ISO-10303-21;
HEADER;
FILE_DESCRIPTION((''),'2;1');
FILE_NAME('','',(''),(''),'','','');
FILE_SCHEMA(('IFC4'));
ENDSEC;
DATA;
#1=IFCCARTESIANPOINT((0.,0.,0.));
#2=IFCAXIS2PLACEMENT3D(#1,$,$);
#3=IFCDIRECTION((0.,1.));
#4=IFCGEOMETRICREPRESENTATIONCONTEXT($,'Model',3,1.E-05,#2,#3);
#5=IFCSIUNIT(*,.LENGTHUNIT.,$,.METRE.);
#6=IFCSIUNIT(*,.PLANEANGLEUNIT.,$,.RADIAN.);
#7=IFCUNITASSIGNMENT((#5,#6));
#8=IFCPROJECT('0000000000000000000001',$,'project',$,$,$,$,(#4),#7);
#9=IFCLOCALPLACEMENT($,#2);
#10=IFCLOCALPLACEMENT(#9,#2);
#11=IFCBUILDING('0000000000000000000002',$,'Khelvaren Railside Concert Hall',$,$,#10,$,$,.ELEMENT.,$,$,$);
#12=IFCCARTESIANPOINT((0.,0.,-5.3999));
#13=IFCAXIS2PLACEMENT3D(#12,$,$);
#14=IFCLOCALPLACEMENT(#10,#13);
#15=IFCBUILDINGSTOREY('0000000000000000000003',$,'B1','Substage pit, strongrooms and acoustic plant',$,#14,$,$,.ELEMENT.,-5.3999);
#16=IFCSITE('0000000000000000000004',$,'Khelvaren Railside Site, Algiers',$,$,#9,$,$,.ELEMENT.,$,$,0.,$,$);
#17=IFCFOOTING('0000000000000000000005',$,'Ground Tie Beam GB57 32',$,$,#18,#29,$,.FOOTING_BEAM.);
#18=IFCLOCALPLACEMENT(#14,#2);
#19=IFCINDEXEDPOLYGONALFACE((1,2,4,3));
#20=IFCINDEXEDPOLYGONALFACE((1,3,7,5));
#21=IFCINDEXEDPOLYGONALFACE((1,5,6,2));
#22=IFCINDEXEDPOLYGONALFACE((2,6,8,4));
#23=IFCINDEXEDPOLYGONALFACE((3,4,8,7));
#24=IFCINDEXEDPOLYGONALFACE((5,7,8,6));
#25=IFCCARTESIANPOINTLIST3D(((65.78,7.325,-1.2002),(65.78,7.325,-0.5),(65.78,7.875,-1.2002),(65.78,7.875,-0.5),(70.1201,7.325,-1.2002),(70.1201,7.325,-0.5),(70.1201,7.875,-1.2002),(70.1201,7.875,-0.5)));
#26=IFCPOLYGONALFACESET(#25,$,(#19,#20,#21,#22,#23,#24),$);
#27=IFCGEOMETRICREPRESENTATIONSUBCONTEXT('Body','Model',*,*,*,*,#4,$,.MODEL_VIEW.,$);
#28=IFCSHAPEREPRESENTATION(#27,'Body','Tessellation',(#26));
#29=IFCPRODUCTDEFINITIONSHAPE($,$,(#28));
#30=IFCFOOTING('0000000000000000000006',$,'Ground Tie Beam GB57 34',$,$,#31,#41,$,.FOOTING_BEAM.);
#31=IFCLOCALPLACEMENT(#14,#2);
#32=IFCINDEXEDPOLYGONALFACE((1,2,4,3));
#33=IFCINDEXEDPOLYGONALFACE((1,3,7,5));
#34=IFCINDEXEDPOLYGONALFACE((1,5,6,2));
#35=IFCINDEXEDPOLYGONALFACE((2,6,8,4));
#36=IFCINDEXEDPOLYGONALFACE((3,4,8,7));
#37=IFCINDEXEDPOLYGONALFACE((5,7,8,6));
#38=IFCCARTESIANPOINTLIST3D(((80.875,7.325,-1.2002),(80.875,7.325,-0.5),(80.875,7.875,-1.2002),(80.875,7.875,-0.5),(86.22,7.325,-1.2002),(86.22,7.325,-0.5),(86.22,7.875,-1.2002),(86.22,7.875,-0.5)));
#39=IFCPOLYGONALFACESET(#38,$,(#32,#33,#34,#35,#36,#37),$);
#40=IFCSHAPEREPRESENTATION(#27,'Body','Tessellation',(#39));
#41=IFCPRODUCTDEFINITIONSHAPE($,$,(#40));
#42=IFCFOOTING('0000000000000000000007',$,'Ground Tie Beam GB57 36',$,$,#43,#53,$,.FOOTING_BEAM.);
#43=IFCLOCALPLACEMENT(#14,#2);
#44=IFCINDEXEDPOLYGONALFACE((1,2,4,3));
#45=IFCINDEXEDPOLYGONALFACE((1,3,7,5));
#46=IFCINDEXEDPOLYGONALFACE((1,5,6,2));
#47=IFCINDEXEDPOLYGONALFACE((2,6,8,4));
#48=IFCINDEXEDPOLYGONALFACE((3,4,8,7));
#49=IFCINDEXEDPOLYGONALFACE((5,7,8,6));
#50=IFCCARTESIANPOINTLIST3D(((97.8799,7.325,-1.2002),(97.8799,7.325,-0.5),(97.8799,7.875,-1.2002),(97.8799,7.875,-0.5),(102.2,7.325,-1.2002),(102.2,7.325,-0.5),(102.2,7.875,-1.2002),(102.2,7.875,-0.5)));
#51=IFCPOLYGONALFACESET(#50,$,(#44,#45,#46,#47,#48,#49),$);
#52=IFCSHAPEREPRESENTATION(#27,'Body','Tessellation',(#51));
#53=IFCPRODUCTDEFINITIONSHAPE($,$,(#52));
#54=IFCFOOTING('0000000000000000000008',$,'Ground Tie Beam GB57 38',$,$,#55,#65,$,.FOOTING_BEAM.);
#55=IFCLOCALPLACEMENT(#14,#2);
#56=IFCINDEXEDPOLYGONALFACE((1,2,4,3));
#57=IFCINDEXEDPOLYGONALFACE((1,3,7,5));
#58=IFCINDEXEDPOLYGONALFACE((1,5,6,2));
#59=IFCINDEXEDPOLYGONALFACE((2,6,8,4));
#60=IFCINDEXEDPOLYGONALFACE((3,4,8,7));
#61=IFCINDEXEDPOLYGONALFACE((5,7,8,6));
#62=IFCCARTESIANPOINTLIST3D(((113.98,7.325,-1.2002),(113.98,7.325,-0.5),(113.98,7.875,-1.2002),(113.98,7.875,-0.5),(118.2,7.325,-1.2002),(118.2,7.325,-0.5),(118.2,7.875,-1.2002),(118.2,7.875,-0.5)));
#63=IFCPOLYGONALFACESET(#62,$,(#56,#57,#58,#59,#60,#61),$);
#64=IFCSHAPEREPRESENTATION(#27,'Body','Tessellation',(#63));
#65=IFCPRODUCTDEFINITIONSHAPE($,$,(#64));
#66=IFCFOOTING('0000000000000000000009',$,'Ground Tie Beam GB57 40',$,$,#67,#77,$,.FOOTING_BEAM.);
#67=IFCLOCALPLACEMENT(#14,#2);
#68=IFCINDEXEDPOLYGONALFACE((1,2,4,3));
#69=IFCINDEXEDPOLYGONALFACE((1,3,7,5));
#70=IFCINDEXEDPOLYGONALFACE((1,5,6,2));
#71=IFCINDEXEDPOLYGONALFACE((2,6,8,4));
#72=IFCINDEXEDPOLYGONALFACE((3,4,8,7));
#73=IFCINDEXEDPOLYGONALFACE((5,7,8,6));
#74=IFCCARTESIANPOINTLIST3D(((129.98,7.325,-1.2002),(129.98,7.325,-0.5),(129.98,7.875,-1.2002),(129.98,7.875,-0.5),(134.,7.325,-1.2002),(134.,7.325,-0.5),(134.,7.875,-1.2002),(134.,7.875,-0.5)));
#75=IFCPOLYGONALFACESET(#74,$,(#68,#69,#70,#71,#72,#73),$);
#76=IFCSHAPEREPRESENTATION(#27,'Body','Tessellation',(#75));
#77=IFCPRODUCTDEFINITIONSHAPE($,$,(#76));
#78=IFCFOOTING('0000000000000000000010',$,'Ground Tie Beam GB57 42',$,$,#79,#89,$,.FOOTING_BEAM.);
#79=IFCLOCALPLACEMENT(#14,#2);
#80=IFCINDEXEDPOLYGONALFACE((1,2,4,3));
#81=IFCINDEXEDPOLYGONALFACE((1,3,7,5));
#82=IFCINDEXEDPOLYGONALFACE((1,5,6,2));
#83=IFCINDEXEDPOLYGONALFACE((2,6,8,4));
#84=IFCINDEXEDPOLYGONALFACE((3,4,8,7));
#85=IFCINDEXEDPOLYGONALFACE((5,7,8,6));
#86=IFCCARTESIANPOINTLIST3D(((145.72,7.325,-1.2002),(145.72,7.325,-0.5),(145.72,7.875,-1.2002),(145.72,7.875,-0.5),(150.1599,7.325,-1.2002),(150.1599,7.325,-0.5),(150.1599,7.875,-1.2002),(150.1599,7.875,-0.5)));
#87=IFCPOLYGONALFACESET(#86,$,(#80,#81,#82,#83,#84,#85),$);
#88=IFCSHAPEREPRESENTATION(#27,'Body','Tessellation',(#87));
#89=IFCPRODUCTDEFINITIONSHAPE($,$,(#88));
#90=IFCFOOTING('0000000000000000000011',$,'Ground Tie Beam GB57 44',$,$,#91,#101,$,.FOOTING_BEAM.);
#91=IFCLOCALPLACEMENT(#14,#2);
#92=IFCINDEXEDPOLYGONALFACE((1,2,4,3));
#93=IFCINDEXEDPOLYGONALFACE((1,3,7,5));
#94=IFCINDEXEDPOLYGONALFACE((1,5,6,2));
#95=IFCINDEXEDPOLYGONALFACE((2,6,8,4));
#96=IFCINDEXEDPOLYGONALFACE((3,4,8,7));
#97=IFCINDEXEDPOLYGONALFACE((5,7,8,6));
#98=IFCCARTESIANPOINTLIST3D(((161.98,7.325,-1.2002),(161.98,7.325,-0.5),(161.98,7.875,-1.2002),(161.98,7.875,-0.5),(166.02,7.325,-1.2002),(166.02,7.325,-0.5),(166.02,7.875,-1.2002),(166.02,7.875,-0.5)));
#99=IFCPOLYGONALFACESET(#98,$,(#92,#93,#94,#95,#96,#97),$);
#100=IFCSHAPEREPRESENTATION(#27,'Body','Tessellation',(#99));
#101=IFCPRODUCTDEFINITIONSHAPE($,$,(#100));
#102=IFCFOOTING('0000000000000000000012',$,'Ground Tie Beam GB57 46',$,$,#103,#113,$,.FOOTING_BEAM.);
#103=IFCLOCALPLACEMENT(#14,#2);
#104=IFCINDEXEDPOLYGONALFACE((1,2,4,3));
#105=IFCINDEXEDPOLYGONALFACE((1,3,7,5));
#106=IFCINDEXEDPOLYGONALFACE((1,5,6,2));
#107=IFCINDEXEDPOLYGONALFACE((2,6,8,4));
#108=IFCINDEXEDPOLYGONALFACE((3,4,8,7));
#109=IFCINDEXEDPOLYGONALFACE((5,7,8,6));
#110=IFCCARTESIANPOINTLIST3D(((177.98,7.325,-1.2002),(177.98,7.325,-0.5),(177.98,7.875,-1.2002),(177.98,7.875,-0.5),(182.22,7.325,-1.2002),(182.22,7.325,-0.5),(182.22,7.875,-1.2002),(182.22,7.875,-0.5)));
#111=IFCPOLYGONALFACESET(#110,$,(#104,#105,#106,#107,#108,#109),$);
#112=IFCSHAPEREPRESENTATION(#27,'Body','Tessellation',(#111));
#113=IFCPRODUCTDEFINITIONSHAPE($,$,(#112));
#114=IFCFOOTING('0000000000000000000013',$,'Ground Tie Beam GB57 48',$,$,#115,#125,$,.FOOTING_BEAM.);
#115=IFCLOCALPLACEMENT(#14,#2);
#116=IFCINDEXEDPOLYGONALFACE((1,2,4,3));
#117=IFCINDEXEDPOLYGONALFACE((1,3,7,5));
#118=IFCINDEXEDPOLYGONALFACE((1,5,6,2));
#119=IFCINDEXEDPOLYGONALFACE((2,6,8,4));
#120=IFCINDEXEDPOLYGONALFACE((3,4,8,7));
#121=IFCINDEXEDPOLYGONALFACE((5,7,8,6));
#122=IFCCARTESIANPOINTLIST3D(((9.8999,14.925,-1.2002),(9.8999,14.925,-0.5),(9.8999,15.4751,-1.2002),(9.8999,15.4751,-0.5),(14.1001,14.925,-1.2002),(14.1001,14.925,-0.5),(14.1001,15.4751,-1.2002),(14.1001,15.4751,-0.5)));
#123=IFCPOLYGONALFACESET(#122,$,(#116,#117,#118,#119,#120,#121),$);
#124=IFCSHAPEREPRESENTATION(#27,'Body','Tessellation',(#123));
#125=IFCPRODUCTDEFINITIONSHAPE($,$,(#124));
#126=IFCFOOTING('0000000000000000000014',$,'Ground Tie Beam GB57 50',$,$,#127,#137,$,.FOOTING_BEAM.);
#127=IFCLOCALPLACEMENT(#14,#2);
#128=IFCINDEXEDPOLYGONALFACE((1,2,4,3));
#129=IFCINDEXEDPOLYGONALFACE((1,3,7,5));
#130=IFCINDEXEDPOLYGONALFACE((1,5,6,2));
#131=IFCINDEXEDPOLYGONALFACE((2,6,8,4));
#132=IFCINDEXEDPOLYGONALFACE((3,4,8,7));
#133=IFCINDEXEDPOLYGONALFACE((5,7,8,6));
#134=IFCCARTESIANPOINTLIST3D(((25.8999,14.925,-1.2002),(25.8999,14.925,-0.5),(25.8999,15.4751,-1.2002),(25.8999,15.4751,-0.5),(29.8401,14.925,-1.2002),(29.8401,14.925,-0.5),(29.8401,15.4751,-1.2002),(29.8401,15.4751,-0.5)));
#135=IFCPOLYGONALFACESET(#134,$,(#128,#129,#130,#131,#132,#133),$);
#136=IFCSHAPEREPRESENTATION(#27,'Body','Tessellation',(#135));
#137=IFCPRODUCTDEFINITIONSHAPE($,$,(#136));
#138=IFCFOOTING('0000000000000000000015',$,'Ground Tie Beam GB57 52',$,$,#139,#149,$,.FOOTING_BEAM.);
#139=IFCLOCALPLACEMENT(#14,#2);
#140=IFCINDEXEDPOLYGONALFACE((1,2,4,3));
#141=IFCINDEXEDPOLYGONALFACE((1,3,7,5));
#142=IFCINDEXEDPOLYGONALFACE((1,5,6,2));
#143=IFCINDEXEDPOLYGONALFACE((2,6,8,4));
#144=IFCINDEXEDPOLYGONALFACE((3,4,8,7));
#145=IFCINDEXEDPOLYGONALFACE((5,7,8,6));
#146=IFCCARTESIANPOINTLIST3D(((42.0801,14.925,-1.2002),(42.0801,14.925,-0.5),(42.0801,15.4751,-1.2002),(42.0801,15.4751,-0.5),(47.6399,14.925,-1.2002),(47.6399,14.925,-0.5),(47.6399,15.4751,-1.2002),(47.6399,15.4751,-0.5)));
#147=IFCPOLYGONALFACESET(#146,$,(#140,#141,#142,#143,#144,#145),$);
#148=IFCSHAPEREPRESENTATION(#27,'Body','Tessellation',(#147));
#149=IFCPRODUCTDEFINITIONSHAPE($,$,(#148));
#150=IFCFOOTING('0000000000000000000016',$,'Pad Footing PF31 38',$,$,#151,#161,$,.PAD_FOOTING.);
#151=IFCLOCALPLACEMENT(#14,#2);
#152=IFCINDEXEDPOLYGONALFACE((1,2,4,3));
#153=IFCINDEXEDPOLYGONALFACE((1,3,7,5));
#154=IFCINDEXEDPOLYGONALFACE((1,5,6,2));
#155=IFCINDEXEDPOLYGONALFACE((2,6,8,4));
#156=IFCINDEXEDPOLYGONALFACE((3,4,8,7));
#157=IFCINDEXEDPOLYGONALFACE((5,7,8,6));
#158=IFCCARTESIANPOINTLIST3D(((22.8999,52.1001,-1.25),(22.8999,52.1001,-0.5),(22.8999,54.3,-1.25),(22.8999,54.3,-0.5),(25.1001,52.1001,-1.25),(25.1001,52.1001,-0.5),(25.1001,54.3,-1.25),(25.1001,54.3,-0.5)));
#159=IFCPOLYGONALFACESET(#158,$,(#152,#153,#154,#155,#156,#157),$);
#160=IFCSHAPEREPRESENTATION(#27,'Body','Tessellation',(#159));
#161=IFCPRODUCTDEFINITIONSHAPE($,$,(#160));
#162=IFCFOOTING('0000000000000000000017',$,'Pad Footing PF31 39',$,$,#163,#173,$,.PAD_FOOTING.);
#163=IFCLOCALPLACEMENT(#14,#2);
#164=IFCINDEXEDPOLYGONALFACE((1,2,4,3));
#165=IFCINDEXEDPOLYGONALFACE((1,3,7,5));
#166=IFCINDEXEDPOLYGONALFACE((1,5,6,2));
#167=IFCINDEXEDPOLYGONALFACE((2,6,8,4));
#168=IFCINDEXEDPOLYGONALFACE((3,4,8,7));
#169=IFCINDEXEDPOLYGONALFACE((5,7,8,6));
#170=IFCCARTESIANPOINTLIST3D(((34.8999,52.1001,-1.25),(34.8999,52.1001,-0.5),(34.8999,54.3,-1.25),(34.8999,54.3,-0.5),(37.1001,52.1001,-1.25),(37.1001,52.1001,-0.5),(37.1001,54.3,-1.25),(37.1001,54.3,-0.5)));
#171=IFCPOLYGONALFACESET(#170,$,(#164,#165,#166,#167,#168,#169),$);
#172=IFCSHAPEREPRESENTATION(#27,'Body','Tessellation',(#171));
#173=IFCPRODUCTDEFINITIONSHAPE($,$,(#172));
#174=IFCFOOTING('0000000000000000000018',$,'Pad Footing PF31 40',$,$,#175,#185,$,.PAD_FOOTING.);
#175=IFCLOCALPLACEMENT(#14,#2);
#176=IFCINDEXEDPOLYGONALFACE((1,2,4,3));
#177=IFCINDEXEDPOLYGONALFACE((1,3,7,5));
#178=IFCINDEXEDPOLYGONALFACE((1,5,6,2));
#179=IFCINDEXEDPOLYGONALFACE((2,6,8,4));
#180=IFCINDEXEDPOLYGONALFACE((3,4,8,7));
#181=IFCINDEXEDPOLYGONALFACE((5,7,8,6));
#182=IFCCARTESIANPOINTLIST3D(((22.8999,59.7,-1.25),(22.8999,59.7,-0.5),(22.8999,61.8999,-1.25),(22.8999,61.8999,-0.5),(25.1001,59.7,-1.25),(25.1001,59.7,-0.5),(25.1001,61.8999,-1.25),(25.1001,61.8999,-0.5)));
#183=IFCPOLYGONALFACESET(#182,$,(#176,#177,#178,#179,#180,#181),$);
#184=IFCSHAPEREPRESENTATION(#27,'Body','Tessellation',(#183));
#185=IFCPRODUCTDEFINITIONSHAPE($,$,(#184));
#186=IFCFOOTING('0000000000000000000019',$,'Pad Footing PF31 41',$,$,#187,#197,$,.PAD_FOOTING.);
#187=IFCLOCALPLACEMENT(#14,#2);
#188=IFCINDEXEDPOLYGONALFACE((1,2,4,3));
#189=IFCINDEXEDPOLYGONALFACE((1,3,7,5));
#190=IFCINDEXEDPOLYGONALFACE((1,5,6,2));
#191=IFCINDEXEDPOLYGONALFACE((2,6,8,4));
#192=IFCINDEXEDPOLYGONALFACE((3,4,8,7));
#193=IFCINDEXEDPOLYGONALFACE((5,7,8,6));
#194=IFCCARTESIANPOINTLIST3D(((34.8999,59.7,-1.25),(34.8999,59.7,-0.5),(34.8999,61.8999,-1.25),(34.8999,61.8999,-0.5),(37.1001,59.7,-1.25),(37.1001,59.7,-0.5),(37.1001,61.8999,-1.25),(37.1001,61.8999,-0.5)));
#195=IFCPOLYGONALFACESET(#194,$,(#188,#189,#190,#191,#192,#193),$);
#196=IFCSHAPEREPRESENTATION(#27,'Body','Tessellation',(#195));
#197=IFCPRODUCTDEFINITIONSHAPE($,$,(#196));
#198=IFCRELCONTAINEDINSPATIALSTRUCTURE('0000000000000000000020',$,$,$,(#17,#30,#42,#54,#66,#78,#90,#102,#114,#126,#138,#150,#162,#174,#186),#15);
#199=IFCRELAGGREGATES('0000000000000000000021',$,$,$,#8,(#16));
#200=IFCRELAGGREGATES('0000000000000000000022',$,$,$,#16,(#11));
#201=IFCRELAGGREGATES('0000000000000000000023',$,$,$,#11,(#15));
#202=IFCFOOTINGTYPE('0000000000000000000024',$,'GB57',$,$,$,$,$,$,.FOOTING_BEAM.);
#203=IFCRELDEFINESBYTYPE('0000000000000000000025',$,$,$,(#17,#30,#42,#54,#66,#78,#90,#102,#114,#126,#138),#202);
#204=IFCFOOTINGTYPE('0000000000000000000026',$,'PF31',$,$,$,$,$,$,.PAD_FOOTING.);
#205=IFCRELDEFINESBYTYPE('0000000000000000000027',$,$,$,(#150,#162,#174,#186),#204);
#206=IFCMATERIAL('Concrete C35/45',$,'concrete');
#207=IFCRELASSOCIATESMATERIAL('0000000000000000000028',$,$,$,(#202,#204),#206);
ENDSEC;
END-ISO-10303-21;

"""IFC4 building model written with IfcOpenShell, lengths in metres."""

from ifc_helpers import new_model, si_unit, direction, frame, origin, place, context, subcontext, project, spatial, polyline, outline, extrude, material, type_object, element, save


model = new_model("IFC4")

# Units and contexts
model_context = context("Model", 3, precision=1e-05, world=origin(), true_north=direction((0.0, 1.0)))
body_context = subcontext(model_context, "Body", "Model", "MODEL_VIEW")
ifc_project = project(units=[si_unit("LENGTHUNIT", "METRE"), si_unit("PLANEANGLEUNIT", "RADIAN")], contexts=[model_context])

# Site, building, storey
site_placement = place(None, origin())
site = spatial("IfcSite", under=ifc_project, at=site_placement, Name="Khelvaren Railside Site, Algiers", CompositionType="ELEMENT", RefElevation=0.0)
building_placement = place(site_placement, origin())
building = spatial("IfcBuilding", under=site, at=building_placement, Name="Khelvaren Railside Concert Hall", CompositionType="ELEMENT")
storey_placement = place(building_placement, frame((0.0, 0.0, -5.3999)))
storey = spatial("IfcBuildingStorey", under=building, at=storey_placement, Name="B1", Description="Substage pit, strongrooms and acoustic plant", CompositionType="ELEMENT", Elevation=-5.3999)

# Footings
ifc_material = material(Name="Concrete C35/45", Category="concrete")
footing_type_1 = type_object("IfcFootingType", Name="GB57", PredefinedType="FOOTING_BEAM", material=ifc_material)
footing_1_placement = place(storey_placement, frame((0.0, 0.0, -1.2002)))
element("IfcFooting", 1, at=footing_1_placement, inside=storey, type_object=footing_type_1, Name="Ground Tie Beam GB57 32", PredefinedType="FOOTING_BEAM", context=body_context, shape_type="SweptSolid", body=[
    extrude(outline(polyline([(65.78, 7.325), (70.1201, 7.325), (70.1201, 7.875), (65.78, 7.875), (65.78, 7.325)])), origin(), (0.0, 0.0, 1.0), 0.7002),
])
footing_2_placement = place(storey_placement, frame((0.0, 0.0, -1.2002)))
element("IfcFooting", 2, at=footing_2_placement, inside=storey, type_object=footing_type_1, Name="Ground Tie Beam GB57 34", PredefinedType="FOOTING_BEAM", context=body_context, shape_type="SweptSolid", body=[
    extrude(outline(polyline([(80.875, 7.325), (86.22, 7.325), (86.22, 7.875), (80.875, 7.875), (80.875, 7.325)])), origin(), (0.0, 0.0, 1.0), 0.7002),
])
footing_3_placement = place(storey_placement, frame((0.0, 0.0, -1.2002)))
element("IfcFooting", 3, at=footing_3_placement, inside=storey, type_object=footing_type_1, Name="Ground Tie Beam GB57 36", PredefinedType="FOOTING_BEAM", context=body_context, shape_type="SweptSolid", body=[
    extrude(outline(polyline([(97.8799, 7.325), (102.2, 7.325), (102.2, 7.875), (97.8799, 7.875), (97.8799, 7.325)])), origin(), (0.0, 0.0, 1.0), 0.7002),
])
footing_4_placement = place(storey_placement, frame((0.0, 0.0, -1.2002)))
element("IfcFooting", 4, at=footing_4_placement, inside=storey, type_object=footing_type_1, Name="Ground Tie Beam GB57 38", PredefinedType="FOOTING_BEAM", context=body_context, shape_type="SweptSolid", body=[
    extrude(outline(polyline([(113.98, 7.325), (118.2, 7.325), (118.2, 7.875), (113.98, 7.875), (113.98, 7.325)])), origin(), (0.0, 0.0, 1.0), 0.7002),
])
footing_5_placement = place(storey_placement, frame((0.0, 0.0, -1.2002)))
element("IfcFooting", 5, at=footing_5_placement, inside=storey, type_object=footing_type_1, Name="Ground Tie Beam GB57 40", PredefinedType="FOOTING_BEAM", context=body_context, shape_type="SweptSolid", body=[
    extrude(outline(polyline([(129.98, 7.325), (134.0, 7.325), (134.0, 7.875), (129.98, 7.875), (129.98, 7.325)])), origin(), (0.0, 0.0, 1.0), 0.7002),
])
footing_6_placement = place(storey_placement, frame((0.0, 0.0, -1.2002)))
element("IfcFooting", 6, at=footing_6_placement, inside=storey, type_object=footing_type_1, Name="Ground Tie Beam GB57 42", PredefinedType="FOOTING_BEAM", context=body_context, shape_type="SweptSolid", body=[
    extrude(outline(polyline([(145.72, 7.325), (150.1599, 7.325), (150.1599, 7.875), (145.72, 7.875), (145.72, 7.325)])), origin(), (0.0, 0.0, 1.0), 0.7002),
])
footing_7_placement = place(storey_placement, frame((0.0, 0.0, -1.2002)))
element("IfcFooting", 7, at=footing_7_placement, inside=storey, type_object=footing_type_1, Name="Ground Tie Beam GB57 44", PredefinedType="FOOTING_BEAM", context=body_context, shape_type="SweptSolid", body=[
    extrude(outline(polyline([(161.98, 7.325), (166.02, 7.325), (166.02, 7.875), (161.98, 7.875), (161.98, 7.325)])), origin(), (0.0, 0.0, 1.0), 0.7002),
])
footing_8_placement = place(storey_placement, frame((0.0, 0.0, -1.2002)))
element("IfcFooting", 8, at=footing_8_placement, inside=storey, type_object=footing_type_1, Name="Ground Tie Beam GB57 46", PredefinedType="FOOTING_BEAM", context=body_context, shape_type="SweptSolid", body=[
    extrude(outline(polyline([(177.98, 7.325), (182.22, 7.325), (182.22, 7.875), (177.98, 7.875), (177.98, 7.325)])), origin(), (0.0, 0.0, 1.0), 0.7002),
])
footing_9_placement = place(storey_placement, frame((0.0, 0.0, -1.2002)))
element("IfcFooting", 9, at=footing_9_placement, inside=storey, type_object=footing_type_1, Name="Ground Tie Beam GB57 48", PredefinedType="FOOTING_BEAM", context=body_context, shape_type="SweptSolid", body=[
    extrude(outline(polyline([(9.8999, 14.925), (14.1001, 14.925), (14.1001, 15.4751), (9.8999, 15.4751), (9.8999, 14.925)])), origin(), (0.0, 0.0, 1.0), 0.7002),
])
footing_10_placement = place(storey_placement, frame((0.0, 0.0, -1.2002)))
element("IfcFooting", 10, at=footing_10_placement, inside=storey, type_object=footing_type_1, Name="Ground Tie Beam GB57 50", PredefinedType="FOOTING_BEAM", context=body_context, shape_type="SweptSolid", body=[
    extrude(outline(polyline([(25.8999, 14.925), (29.8401, 14.925), (29.8401, 15.4751), (25.8999, 15.4751), (25.8999, 14.925)])), origin(), (0.0, 0.0, 1.0), 0.7002),
])
footing_11_placement = place(storey_placement, frame((0.0, 0.0, -1.2002)))
element("IfcFooting", 11, at=footing_11_placement, inside=storey, type_object=footing_type_1, Name="Ground Tie Beam GB57 52", PredefinedType="FOOTING_BEAM", context=body_context, shape_type="SweptSolid", body=[
    extrude(outline(polyline([(42.0801, 14.925), (47.6399, 14.925), (47.6399, 15.4751), (42.0801, 15.4751), (42.0801, 14.925)])), origin(), (0.0, 0.0, 1.0), 0.7002),
])
footing_type_2 = type_object("IfcFootingType", Name="PF31", PredefinedType="PAD_FOOTING", material=ifc_material)
footing_12_placement = place(storey_placement, frame((0.0, 0.0, -1.25)))
element("IfcFooting", 12, at=footing_12_placement, inside=storey, type_object=footing_type_2, Name="Pad Footing PF31 38", PredefinedType="PAD_FOOTING", context=body_context, shape_type="SweptSolid", body=[
    extrude(outline(polyline([(22.8999, 52.1001), (25.1001, 52.1001), (25.1001, 54.3), (22.8999, 54.3), (22.8999, 52.1001)])), origin(), (0.0, 0.0, 1.0), 0.75),
])
footing_13_placement = place(storey_placement, frame((0.0, 0.0, -1.25)))
element("IfcFooting", 13, at=footing_13_placement, inside=storey, type_object=footing_type_2, Name="Pad Footing PF31 39", PredefinedType="PAD_FOOTING", context=body_context, shape_type="SweptSolid", body=[
    extrude(outline(polyline([(34.8999, 52.1001), (37.1001, 52.1001), (37.1001, 54.3), (34.8999, 54.3), (34.8999, 52.1001)])), origin(), (0.0, 0.0, 1.0), 0.75),
])
footing_14_placement = place(storey_placement, frame((0.0, 0.0, -1.25)))
element("IfcFooting", 14, at=footing_14_placement, inside=storey, type_object=footing_type_2, Name="Pad Footing PF31 40", PredefinedType="PAD_FOOTING", context=body_context, shape_type="SweptSolid", body=[
    extrude(outline(polyline([(22.8999, 59.7), (25.1001, 59.7), (25.1001, 61.8999), (22.8999, 61.8999), (22.8999, 59.7)])), origin(), (0.0, 0.0, 1.0), 0.75),
])
footing_15_placement = place(storey_placement, frame((0.0, 0.0, -1.25)))
element("IfcFooting", 15, at=footing_15_placement, inside=storey, type_object=footing_type_2, Name="Pad Footing PF31 41", PredefinedType="PAD_FOOTING", context=body_context, shape_type="SweptSolid", body=[
    extrude(outline(polyline([(34.8999, 59.7), (37.1001, 59.7), (37.1001, 61.8999), (34.8999, 61.8999), (34.8999, 59.7)])), origin(), (0.0, 0.0, 1.0), 0.75),
])

save(model, "model.ifc")
